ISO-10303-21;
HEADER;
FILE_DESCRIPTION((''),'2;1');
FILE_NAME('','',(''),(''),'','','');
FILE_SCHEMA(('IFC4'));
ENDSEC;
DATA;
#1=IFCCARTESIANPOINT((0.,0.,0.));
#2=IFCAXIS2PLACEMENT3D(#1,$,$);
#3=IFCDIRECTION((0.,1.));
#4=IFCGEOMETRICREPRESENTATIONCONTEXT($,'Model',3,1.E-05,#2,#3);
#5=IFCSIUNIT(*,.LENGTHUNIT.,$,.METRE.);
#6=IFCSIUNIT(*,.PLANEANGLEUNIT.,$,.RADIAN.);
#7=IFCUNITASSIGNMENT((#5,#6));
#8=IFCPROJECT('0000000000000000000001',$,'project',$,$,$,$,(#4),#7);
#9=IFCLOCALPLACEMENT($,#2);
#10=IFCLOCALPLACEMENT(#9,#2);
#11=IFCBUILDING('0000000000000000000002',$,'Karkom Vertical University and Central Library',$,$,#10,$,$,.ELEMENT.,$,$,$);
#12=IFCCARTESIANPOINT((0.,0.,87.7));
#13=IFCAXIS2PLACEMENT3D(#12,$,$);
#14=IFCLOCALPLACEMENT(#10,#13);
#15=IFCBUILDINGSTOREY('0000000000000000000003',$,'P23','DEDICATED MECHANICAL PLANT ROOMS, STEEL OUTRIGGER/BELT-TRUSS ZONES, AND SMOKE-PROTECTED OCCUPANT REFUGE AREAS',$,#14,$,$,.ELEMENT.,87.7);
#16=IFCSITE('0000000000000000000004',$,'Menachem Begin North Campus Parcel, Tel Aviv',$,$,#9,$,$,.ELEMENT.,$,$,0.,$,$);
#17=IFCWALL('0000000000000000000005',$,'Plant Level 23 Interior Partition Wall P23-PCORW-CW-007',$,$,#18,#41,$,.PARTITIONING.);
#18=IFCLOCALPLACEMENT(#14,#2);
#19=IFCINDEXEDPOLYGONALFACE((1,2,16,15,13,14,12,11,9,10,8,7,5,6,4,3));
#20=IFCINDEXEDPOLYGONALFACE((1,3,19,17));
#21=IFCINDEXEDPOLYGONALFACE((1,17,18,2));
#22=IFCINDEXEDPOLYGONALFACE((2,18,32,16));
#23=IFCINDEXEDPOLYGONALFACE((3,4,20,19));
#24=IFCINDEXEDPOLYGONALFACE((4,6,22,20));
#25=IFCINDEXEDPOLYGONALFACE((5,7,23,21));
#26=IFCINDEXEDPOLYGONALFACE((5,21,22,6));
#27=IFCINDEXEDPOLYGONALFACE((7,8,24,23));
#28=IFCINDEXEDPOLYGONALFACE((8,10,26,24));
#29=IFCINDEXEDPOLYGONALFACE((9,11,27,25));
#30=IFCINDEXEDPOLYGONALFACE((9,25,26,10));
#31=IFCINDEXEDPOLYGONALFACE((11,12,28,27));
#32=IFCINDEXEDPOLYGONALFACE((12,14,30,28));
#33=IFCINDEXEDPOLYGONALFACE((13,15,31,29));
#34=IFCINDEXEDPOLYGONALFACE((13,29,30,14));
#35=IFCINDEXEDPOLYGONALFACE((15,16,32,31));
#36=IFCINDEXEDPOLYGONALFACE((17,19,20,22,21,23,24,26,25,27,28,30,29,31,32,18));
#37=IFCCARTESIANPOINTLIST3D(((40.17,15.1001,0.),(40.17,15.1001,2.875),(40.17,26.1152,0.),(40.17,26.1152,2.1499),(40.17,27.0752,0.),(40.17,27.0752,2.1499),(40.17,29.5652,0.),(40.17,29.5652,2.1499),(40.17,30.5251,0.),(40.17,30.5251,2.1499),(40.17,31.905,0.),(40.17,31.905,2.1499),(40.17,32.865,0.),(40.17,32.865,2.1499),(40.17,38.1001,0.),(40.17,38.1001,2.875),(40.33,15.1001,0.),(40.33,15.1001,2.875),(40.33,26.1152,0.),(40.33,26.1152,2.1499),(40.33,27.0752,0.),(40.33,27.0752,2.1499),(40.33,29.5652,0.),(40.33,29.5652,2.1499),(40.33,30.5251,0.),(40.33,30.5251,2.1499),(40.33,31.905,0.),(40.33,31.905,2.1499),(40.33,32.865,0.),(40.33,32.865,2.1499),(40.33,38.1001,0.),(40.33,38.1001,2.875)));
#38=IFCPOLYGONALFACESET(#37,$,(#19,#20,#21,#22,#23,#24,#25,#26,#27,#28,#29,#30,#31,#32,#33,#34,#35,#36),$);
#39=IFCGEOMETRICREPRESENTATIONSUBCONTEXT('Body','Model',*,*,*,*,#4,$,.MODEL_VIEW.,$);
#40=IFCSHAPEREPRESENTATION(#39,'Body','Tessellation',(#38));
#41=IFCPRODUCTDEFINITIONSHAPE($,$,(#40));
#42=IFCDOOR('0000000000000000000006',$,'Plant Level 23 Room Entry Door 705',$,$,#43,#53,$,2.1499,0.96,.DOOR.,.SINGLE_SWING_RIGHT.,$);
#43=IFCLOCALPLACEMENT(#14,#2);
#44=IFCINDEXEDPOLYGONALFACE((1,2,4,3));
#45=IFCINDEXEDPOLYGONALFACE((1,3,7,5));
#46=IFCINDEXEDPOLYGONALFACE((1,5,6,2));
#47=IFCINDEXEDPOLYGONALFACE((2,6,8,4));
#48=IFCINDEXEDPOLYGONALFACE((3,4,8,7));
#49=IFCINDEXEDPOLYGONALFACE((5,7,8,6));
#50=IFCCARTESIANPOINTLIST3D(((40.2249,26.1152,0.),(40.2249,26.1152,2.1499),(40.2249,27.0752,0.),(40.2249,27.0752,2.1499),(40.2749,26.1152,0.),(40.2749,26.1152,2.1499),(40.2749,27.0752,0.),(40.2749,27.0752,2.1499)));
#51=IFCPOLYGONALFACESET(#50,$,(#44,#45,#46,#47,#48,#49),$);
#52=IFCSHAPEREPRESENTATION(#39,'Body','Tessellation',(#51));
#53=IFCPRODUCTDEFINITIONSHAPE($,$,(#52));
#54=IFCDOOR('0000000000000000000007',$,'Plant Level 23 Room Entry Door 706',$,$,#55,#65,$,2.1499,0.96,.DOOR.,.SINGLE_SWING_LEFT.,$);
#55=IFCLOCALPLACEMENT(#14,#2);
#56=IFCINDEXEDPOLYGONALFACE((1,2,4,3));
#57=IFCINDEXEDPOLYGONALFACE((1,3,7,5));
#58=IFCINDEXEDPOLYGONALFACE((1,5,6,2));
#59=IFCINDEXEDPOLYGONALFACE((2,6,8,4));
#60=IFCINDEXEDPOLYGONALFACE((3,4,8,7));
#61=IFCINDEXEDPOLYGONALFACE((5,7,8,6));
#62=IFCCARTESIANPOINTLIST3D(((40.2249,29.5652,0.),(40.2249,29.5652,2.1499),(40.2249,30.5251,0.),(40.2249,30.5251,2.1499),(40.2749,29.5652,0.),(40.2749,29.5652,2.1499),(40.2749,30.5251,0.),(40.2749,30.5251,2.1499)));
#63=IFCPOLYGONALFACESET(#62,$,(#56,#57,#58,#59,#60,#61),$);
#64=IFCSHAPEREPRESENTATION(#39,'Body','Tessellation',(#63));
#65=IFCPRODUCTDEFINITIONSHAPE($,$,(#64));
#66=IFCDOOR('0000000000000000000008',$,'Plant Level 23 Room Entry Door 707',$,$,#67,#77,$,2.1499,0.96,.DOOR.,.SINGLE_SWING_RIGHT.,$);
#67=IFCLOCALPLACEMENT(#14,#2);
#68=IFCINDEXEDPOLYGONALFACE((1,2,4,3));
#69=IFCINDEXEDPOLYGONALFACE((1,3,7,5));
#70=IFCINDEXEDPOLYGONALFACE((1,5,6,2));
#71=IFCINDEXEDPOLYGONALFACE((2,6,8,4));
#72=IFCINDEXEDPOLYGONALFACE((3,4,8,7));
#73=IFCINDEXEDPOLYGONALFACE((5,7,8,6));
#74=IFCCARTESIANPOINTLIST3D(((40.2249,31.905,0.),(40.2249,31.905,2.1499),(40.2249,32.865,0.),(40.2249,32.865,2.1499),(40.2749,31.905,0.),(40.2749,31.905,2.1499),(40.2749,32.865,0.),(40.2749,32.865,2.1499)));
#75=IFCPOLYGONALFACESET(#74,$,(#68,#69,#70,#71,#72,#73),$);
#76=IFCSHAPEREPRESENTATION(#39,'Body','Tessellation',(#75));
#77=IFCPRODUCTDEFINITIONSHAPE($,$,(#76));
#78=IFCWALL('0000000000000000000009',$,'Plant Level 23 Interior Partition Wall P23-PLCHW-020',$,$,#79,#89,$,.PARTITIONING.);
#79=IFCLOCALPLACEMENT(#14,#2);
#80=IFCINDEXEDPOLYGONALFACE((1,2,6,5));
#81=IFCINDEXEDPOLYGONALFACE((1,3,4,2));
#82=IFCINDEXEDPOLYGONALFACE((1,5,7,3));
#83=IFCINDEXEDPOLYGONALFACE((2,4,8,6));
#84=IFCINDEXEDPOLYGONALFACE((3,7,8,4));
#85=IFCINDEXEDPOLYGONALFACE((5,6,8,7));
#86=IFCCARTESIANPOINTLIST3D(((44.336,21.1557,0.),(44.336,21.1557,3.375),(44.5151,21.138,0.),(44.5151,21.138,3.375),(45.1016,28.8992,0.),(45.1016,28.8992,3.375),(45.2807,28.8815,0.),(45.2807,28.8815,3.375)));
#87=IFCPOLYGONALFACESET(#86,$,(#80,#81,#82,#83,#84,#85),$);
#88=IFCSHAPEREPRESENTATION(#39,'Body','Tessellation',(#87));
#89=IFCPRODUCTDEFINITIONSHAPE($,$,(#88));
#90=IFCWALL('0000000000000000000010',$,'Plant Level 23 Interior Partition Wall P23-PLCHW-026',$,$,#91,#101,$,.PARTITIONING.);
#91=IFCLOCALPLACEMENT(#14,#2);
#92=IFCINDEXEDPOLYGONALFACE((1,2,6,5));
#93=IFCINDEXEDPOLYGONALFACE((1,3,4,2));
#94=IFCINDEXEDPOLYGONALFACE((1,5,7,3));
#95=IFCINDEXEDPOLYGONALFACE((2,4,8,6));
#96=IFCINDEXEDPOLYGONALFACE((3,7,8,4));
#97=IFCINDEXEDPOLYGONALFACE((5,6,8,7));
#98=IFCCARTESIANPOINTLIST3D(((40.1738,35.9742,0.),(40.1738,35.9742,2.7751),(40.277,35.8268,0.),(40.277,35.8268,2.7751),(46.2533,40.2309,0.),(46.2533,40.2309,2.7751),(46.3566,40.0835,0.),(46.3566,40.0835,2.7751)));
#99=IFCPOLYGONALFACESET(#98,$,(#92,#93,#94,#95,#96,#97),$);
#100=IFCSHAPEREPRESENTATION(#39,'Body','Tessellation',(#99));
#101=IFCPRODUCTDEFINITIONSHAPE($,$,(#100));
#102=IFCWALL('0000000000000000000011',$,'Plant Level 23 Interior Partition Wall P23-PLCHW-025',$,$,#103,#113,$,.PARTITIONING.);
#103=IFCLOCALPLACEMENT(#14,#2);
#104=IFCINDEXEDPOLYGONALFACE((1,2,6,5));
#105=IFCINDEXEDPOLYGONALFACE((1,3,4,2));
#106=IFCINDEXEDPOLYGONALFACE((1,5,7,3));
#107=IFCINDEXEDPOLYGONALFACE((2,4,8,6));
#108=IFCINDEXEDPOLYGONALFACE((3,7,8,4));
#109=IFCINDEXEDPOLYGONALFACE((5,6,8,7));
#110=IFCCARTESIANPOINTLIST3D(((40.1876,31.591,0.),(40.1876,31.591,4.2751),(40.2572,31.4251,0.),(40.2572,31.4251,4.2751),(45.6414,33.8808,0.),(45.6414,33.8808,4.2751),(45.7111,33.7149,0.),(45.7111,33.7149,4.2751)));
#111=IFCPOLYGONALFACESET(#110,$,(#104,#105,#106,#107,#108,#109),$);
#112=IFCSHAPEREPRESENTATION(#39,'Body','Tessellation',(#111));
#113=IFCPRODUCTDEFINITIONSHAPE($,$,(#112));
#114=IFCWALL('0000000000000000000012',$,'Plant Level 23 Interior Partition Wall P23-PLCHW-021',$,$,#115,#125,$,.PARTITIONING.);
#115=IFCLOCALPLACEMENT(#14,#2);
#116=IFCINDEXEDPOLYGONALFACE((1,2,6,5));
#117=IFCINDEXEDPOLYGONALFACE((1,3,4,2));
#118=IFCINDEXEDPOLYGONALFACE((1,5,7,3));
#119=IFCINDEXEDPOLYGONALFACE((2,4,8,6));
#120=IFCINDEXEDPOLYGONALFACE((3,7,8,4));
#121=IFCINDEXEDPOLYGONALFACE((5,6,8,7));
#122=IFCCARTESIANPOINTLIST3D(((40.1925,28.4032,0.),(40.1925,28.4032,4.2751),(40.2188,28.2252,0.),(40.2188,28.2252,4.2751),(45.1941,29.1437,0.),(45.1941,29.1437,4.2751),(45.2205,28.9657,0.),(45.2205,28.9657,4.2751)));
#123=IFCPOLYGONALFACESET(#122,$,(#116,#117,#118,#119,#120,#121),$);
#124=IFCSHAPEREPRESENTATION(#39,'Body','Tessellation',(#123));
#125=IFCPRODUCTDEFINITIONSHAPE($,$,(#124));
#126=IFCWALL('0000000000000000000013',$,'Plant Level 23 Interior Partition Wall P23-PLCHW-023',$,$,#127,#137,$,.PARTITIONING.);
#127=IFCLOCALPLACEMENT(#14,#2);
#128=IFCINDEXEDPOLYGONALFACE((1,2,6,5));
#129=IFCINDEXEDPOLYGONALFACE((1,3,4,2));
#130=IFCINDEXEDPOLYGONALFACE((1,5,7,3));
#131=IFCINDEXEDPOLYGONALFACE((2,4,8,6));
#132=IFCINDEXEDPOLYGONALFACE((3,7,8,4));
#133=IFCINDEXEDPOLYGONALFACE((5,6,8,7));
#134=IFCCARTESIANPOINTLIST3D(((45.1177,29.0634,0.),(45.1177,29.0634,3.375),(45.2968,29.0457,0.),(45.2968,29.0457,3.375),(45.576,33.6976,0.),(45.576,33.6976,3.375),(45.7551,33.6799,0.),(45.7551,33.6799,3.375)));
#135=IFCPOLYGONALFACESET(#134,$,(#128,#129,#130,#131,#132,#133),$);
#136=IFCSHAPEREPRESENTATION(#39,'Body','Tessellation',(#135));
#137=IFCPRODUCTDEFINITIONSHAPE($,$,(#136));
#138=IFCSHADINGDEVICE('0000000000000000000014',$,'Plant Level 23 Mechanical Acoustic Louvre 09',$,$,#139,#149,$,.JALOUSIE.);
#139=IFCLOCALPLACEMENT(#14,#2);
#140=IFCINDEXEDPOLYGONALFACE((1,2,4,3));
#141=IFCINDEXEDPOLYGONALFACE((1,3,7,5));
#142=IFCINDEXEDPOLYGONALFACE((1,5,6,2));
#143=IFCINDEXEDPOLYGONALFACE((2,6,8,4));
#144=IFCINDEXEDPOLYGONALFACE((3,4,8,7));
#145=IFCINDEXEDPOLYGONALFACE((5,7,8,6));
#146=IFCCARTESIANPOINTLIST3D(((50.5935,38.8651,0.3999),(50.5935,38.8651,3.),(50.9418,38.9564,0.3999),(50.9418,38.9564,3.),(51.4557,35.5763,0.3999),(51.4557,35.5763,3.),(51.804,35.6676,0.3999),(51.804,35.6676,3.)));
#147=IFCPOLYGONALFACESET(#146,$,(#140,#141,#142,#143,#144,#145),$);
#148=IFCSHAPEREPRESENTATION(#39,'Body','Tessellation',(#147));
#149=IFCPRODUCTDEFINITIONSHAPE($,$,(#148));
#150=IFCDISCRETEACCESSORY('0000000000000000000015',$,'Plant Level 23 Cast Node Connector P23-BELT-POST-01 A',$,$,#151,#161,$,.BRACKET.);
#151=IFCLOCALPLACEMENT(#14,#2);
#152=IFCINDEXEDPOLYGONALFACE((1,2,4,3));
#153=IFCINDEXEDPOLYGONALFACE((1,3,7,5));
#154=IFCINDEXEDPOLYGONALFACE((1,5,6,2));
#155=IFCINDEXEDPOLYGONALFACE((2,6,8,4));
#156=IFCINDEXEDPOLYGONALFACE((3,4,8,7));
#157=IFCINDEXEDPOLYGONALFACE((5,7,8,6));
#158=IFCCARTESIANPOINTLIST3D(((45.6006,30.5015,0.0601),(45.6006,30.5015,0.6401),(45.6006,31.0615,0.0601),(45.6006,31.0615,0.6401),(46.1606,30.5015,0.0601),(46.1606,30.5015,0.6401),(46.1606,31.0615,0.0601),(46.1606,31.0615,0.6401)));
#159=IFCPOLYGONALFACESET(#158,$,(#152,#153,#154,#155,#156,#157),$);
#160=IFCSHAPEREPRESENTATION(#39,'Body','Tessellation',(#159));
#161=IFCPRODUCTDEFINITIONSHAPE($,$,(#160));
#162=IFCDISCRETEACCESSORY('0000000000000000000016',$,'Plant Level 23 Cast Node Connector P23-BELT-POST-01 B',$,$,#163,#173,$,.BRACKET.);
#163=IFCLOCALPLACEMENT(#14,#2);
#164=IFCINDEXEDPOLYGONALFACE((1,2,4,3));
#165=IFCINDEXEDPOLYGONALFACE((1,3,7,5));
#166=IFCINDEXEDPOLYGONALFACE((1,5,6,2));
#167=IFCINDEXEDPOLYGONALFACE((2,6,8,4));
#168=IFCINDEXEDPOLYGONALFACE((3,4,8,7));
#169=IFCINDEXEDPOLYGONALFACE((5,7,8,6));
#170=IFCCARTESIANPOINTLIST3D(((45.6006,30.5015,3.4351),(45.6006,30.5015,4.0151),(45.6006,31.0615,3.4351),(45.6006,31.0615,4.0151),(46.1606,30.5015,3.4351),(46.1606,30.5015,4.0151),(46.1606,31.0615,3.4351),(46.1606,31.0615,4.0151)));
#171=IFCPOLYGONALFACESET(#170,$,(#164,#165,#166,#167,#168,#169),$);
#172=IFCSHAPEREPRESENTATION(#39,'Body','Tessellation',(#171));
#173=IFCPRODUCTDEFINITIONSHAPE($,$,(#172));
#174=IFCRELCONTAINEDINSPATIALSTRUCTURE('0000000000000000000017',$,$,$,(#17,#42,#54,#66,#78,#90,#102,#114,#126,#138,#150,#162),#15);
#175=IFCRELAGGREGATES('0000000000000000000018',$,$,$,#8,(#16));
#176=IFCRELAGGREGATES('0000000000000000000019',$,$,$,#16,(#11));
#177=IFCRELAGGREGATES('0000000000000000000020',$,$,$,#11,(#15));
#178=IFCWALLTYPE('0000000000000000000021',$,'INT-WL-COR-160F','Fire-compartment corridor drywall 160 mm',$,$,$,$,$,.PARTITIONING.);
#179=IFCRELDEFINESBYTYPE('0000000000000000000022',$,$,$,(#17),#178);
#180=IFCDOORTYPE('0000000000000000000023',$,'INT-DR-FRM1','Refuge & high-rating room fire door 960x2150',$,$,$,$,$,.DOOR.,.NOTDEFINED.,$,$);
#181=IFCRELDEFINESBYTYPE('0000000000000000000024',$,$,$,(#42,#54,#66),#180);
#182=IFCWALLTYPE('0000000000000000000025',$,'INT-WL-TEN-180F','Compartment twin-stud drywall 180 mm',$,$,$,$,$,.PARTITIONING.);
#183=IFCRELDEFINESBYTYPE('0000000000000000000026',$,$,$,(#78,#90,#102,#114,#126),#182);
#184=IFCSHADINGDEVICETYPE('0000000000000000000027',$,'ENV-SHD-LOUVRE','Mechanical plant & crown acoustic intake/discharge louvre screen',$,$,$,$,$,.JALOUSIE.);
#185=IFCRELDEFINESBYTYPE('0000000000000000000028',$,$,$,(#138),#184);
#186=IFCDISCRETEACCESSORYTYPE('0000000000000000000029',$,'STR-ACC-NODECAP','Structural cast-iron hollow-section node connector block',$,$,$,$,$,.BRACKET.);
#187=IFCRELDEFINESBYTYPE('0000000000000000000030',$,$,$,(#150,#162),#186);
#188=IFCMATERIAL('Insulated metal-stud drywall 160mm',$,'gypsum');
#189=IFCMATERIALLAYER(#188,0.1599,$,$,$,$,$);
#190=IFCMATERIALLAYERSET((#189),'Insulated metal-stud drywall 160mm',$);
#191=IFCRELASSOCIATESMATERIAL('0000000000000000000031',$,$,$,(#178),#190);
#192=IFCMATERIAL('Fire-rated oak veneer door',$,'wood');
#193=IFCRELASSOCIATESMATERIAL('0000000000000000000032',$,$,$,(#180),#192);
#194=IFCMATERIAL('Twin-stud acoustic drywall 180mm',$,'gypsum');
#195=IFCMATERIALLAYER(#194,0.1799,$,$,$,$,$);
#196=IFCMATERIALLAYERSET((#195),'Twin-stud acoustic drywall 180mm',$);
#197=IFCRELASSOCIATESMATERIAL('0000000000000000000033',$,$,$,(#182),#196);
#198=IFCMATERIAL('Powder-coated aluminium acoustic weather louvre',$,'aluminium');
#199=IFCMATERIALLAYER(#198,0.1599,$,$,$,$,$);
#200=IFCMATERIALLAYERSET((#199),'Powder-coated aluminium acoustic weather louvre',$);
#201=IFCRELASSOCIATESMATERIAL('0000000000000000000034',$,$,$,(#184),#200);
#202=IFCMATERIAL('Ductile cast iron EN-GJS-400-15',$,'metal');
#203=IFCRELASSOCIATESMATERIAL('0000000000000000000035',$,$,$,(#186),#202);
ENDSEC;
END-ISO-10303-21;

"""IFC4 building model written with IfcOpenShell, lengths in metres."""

from ifc_helpers import new_model, si_unit, direction, frame, frame_2d, origin, origin_with_axes, origin_2d, place, context, subcontext, project, spatial, rectangle, extrude, source, transform, mapped, material, layer, layer_set, type_object, element, fill, save


model = new_model("IFC4")

# Units and contexts
model_context = context("Model", 3, precision=1e-05, world=origin(), true_north=direction((0.0, 1.0)))
body_context = subcontext(model_context, "Body", "Model", "MODEL_VIEW")
ifc_project = project(units=[si_unit("LENGTHUNIT", "METRE"), si_unit("PLANEANGLEUNIT", "RADIAN")], contexts=[model_context])

# Site, building, storey
site_placement = place(None, origin())
site = spatial("IfcSite", under=ifc_project, at=site_placement, Name="Menachem Begin North Campus Parcel, Tel Aviv", CompositionType="ELEMENT", RefElevation=0.0)
building_placement = place(site_placement, origin())
building = spatial("IfcBuilding", under=site, at=building_placement, Name="Karkom Vertical University and Central Library", CompositionType="ELEMENT")
storey_placement = place(building_placement, frame((0.0, 0.0, 87.7)))
storey = spatial("IfcBuildingStorey", under=building, at=storey_placement, Name="P23", Description="DEDICATED MECHANICAL PLANT ROOMS, STEEL OUTRIGGER/BELT-TRUSS ZONES, AND SMOKE-PROTECTED OCCUPANT REFUGE AREAS", CompositionType="ELEMENT", Elevation=87.7)

# Wall, openings, doors
ifc_material_1 = material(Name="Insulated metal-stud drywall 160mm", Category="gypsum")
ifc_layer_1 = layer(ifc_material_1, 0.1599)
ifc_layer_set_1 = layer_set([ifc_layer_1], Name="Insulated metal-stud drywall 160mm")
wall_type_1 = type_object("IfcWallType", Name="INT-WL-COR-160F", Description="Fire-compartment corridor drywall 160 mm", PredefinedType="PARTITIONING", material=ifc_layer_set_1)
wall_1_placement = place(storey_placement, frame((40.25, 38.1001, 0.0), z_axis=(0.0, 0.0, 1.0), x_axis=(0.0, -1.0, 0.0)))
wall_1 = element("IfcWall", 1, at=wall_1_placement, inside=storey, type_object=wall_type_1, Name="Plant Level 23 Interior Partition Wall P23-PCORW-CW-007", PredefinedType="PARTITIONING", context=body_context, shape_type="SweptSolid", body=[
    extrude(rectangle(XDim=23.0, YDim=0.1599, at=frame_2d((11.5, 0.0))), origin(), (0.0, 0.0, 1.0), 2.875),
])
opening_1_placement = place(wall_1_placement, frame((11.0249, 0.0, 0.0)))
opening_1 = element("IfcOpeningElement", 2, at=opening_1_placement, cuts=wall_1, PredefinedType="OPENING", context=body_context, shape_type="SweptSolid", body=[
    extrude(rectangle(XDim=0.96, YDim=2.1499, at=frame_2d((0.48, 1.075))), frame((0.0, 0.0898, 0.0), z_axis=(0.0, -1.0, 0.0), x_axis=(1.0, 0.0, 0.0)), (0.0, 0.0, 1.0), 0.1799),
])
opening_2_placement = place(wall_1_placement, frame((7.575, 0.0, 0.0)))
opening_2 = element("IfcOpeningElement", 3, at=opening_2_placement, cuts=wall_1, PredefinedType="OPENING", context=body_context, shape_type="SweptSolid", body=[
    extrude(rectangle(XDim=0.96, YDim=2.1499, at=frame_2d((0.48, 1.075))), frame((0.0, 0.0898, 0.0), z_axis=(0.0, -1.0, 0.0), x_axis=(1.0, 0.0, 0.0)), (0.0, 0.0, 1.0), 0.1799),
])
opening_3_placement = place(wall_1_placement, frame((5.2351, 0.0, 0.0)))
opening_3 = element("IfcOpeningElement", 4, at=opening_3_placement, cuts=wall_1, PredefinedType="OPENING", context=body_context, shape_type="SweptSolid", body=[
    extrude(rectangle(XDim=0.96, YDim=2.1499, at=frame_2d((0.48, 1.075))), frame((0.0, 0.0898, 0.0), z_axis=(0.0, -1.0, 0.0), x_axis=(1.0, 0.0, 0.0)), (0.0, 0.0, 1.0), 0.1799),
])
ifc_material_2 = material(Name="Fire-rated oak veneer door", Category="wood")
door_type_1 = type_object("IfcDoorType", Name="INT-DR-FRM1", Description="Refuge & high-rating room fire door 960x2150", OperationType="NOTDEFINED", PredefinedType="DOOR", material=ifc_material_2)
shared_shape_1 = source(origin_with_axes(), body_context, "Body", "SweptSolid", [
    extrude(rectangle(XDim=0.96, YDim=2.1499, at=frame_2d((0.48, 1.075))), frame((0.0, 0.0249, 0.0), z_axis=(0.0, -1.0, 0.0), x_axis=(1.0, 0.0, 0.0)), (0.0, 0.0, 1.0), 0.05),
])
door_1_placement = place(opening_1_placement, origin())
door_1 = element("IfcDoor", 5, at=door_1_placement, inside=storey, type_object=door_type_1, Name="Plant Level 23 Room Entry Door 705", OperationType="SINGLE_SWING_RIGHT", OverallHeight=2.1499, OverallWidth=0.96, PredefinedType="DOOR", context=body_context, shape_type="MappedRepresentation", body=[
    mapped(shared_shape_1, transform((0.0, 0.0, 0.0), scale=1.0)),
])
fill(opening_1, door_1)
door_2_placement = place(opening_2_placement, origin())
door_2 = element("IfcDoor", 6, at=door_2_placement, inside=storey, type_object=door_type_1, Name="Plant Level 23 Room Entry Door 706", OperationType="SINGLE_SWING_LEFT", OverallHeight=2.1499, OverallWidth=0.96, PredefinedType="DOOR", context=body_context, shape_type="MappedRepresentation", body=[
    mapped(shared_shape_1, transform((0.0, 0.0, 0.0), scale=1.0)),
])
fill(opening_2, door_2)
door_3_placement = place(opening_3_placement, origin())
door_3 = element("IfcDoor", 7, at=door_3_placement, inside=storey, type_object=door_type_1, Name="Plant Level 23 Room Entry Door 707", OperationType="SINGLE_SWING_RIGHT", OverallHeight=2.1499, OverallWidth=0.96, PredefinedType="DOOR", context=body_context, shape_type="MappedRepresentation", body=[
    mapped(shared_shape_1, transform((0.0, 0.0, 0.0), scale=1.0)),
])
fill(opening_3, door_3)

# Walls
ifc_material_3 = material(Name="Twin-stud acoustic drywall 180mm", Category="gypsum")
ifc_layer_2 = layer(ifc_material_3, 0.1799)
ifc_layer_set_2 = layer_set([ifc_layer_2], Name="Twin-stud acoustic drywall 180mm")
wall_type_2 = type_object("IfcWallType", Name="INT-WL-TEN-180F", Description="Compartment twin-stud drywall 180 mm", PredefinedType="PARTITIONING", material=ifc_layer_set_2)
wall_2_placement = place(storey_placement, frame((45.1912, 28.8904, 0.0), z_axis=(0.0, 0.0, 1.0), x_axis=(-0.098395, -0.995147, 0.0)))
element("IfcWall", 8, at=wall_2_placement, inside=storey, type_object=wall_type_2, Name="Plant Level 23 Interior Partition Wall P23-PLCHW-020", PredefinedType="PARTITIONING", context=body_context, shape_type="SweptSolid", body=[
    extrude(rectangle(XDim=7.7812, YDim=0.1799, at=frame_2d((3.8906, 0.0))), origin(), (0.0, 0.0, 1.0), 3.375),
])
wall_3_placement = place(storey_placement, frame((40.2253, 35.9004, 0.0), z_axis=(0.0, 0.0, 1.0), x_axis=(0.819161, 0.573564, 0.0)))
element("IfcWall", 9, at=wall_3_placement, inside=storey, type_object=wall_type_2, Name="Plant Level 23 Interior Partition Wall P23-PLCHW-026", PredefinedType="PARTITIONING", context=body_context, shape_type="SweptSolid", body=[
    extrude(rectangle(XDim=7.4216, YDim=0.1799, at=frame_2d((3.7109, 0.0))), origin(), (0.0, 0.0, 1.0), 2.7751),
])
wall_4_placement = place(storey_placement, frame((45.6763, 33.7979, 0.0), z_axis=(0.0, 0.0, 1.0), x_axis=(-0.922032, -0.387114, 0.0)))
element("IfcWall", 10, at=wall_4_placement, inside=storey, type_object=wall_type_2, Name="Plant Level 23 Interior Partition Wall P23-PLCHW-025", PredefinedType="PARTITIONING", context=body_context, shape_type="SweptSolid", body=[
    extrude(rectangle(XDim=5.915, YDim=0.1799, at=frame_2d((2.9575, 0.0))), origin(), (0.0, 0.0, 1.0), 4.2751),
])
wall_5_placement = place(storey_placement, frame((45.2073, 29.0547, 0.0), z_axis=(0.0, 0.0, 1.0), x_axis=(-0.989218, -0.146449, 0.0)))
element("IfcWall", 11, at=wall_5_placement, inside=storey, type_object=wall_type_2, Name="Plant Level 23 Interior Partition Wall P23-PLCHW-021", PredefinedType="PARTITIONING", context=body_context, shape_type="SweptSolid", body=[
    extrude(rectangle(XDim=5.0562, YDim=0.1799, at=frame_2d((2.5281, 0.0))), origin(), (0.0, 0.0, 1.0), 4.2751),
])
wall_6_placement = place(storey_placement, frame((45.6655, 33.6887, 0.0), z_axis=(0.0, 0.0, 1.0), x_axis=(-0.098408, -0.995146, 0.0)))
element("IfcWall", 12, at=wall_6_placement, inside=storey, type_object=wall_type_2, Name="Plant Level 23 Interior Partition Wall P23-PLCHW-023", PredefinedType="PARTITIONING", context=body_context, shape_type="SweptSolid", body=[
    extrude(rectangle(XDim=4.6567, YDim=0.1799, at=frame_2d((2.3284, 0.0))), origin(), (0.0, 0.0, 1.0), 3.375),
])

# Shading device
ifc_material_4 = material(Name="Powder-coated aluminium acoustic weather louvre", Category="aluminium")
ifc_layer_3 = layer(ifc_material_4, 0.1599)
ifc_layer_set_3 = layer_set([ifc_layer_3], Name="Powder-coated aluminium acoustic weather louvre")
shading_device_type = type_object("IfcShadingDeviceType", Name="ENV-SHD-LOUVRE", Description="Mechanical plant & crown acoustic intake/discharge louvre screen", PredefinedType="JALOUSIE", material=ifc_layer_set_3)
shared_shape_2 = source(origin_with_axes(), body_context, "Body", "SweptSolid", [
    extrude(rectangle(XDim=3.3999, YDim=0.3601, at=origin_2d()), origin(), (0.0, 0.0, 1.0), 2.6001),
])
shading_device_placement = place(storey_placement, frame((51.1987, 37.2664, 0.3999), z_axis=(0.0, 0.0, 1.0), x_axis=(-0.253589, 0.967312, 0.0)))
element("IfcShadingDevice", 13, at=shading_device_placement, inside=storey, type_object=shading_device_type, Name="Plant Level 23 Mechanical Acoustic Louvre 09", PredefinedType="JALOUSIE", context=body_context, shape_type="MappedRepresentation", body=[
    mapped(shared_shape_2, transform((0.0, 0.0, 0.0), scale=1.0)),
])

# Discrete accessories
ifc_material_5 = material(Name="Ductile cast iron EN-GJS-400-15", Category="metal")
discrete_accessory_type = type_object("IfcDiscreteAccessoryType", Name="STR-ACC-NODECAP", Description="Structural cast-iron hollow-section node connector block", PredefinedType="BRACKET", material=ifc_material_5)
shared_shape_3 = source(origin_with_axes(), body_context, "Body", "SweptSolid", [
    extrude(rectangle(XDim=0.5601, YDim=0.5601, at=origin_2d()), origin(), (0.0, 0.0, 1.0), 0.5801),
])
for number, where, z_axis, x_axis, name in (
    (14, (45.8806, 30.7815, 0.0601), (0.0, 0.0, 1.0), (1.0, 0.0, 0.0), "Plant Level 23 Cast Node Connector P23-BELT-POST-01 A"),
    (15, (45.8806, 30.7815, 3.4351), (0.0, 0.0, 1.0), (1.0, 0.0, 0.0), "Plant Level 23 Cast Node Connector P23-BELT-POST-01 B"),
):
    element("IfcDiscreteAccessory", number, at=place(storey_placement, frame(where, z_axis=z_axis, x_axis=x_axis)), inside=storey, type_object=discrete_accessory_type, Name=name, PredefinedType="BRACKET", context=body_context, shape_type="MappedRepresentation", body=[
        mapped(shared_shape_3, transform((0.0, 0.0, 0.0), scale=1.0)),
    ])

save(model, "model.ifc")
